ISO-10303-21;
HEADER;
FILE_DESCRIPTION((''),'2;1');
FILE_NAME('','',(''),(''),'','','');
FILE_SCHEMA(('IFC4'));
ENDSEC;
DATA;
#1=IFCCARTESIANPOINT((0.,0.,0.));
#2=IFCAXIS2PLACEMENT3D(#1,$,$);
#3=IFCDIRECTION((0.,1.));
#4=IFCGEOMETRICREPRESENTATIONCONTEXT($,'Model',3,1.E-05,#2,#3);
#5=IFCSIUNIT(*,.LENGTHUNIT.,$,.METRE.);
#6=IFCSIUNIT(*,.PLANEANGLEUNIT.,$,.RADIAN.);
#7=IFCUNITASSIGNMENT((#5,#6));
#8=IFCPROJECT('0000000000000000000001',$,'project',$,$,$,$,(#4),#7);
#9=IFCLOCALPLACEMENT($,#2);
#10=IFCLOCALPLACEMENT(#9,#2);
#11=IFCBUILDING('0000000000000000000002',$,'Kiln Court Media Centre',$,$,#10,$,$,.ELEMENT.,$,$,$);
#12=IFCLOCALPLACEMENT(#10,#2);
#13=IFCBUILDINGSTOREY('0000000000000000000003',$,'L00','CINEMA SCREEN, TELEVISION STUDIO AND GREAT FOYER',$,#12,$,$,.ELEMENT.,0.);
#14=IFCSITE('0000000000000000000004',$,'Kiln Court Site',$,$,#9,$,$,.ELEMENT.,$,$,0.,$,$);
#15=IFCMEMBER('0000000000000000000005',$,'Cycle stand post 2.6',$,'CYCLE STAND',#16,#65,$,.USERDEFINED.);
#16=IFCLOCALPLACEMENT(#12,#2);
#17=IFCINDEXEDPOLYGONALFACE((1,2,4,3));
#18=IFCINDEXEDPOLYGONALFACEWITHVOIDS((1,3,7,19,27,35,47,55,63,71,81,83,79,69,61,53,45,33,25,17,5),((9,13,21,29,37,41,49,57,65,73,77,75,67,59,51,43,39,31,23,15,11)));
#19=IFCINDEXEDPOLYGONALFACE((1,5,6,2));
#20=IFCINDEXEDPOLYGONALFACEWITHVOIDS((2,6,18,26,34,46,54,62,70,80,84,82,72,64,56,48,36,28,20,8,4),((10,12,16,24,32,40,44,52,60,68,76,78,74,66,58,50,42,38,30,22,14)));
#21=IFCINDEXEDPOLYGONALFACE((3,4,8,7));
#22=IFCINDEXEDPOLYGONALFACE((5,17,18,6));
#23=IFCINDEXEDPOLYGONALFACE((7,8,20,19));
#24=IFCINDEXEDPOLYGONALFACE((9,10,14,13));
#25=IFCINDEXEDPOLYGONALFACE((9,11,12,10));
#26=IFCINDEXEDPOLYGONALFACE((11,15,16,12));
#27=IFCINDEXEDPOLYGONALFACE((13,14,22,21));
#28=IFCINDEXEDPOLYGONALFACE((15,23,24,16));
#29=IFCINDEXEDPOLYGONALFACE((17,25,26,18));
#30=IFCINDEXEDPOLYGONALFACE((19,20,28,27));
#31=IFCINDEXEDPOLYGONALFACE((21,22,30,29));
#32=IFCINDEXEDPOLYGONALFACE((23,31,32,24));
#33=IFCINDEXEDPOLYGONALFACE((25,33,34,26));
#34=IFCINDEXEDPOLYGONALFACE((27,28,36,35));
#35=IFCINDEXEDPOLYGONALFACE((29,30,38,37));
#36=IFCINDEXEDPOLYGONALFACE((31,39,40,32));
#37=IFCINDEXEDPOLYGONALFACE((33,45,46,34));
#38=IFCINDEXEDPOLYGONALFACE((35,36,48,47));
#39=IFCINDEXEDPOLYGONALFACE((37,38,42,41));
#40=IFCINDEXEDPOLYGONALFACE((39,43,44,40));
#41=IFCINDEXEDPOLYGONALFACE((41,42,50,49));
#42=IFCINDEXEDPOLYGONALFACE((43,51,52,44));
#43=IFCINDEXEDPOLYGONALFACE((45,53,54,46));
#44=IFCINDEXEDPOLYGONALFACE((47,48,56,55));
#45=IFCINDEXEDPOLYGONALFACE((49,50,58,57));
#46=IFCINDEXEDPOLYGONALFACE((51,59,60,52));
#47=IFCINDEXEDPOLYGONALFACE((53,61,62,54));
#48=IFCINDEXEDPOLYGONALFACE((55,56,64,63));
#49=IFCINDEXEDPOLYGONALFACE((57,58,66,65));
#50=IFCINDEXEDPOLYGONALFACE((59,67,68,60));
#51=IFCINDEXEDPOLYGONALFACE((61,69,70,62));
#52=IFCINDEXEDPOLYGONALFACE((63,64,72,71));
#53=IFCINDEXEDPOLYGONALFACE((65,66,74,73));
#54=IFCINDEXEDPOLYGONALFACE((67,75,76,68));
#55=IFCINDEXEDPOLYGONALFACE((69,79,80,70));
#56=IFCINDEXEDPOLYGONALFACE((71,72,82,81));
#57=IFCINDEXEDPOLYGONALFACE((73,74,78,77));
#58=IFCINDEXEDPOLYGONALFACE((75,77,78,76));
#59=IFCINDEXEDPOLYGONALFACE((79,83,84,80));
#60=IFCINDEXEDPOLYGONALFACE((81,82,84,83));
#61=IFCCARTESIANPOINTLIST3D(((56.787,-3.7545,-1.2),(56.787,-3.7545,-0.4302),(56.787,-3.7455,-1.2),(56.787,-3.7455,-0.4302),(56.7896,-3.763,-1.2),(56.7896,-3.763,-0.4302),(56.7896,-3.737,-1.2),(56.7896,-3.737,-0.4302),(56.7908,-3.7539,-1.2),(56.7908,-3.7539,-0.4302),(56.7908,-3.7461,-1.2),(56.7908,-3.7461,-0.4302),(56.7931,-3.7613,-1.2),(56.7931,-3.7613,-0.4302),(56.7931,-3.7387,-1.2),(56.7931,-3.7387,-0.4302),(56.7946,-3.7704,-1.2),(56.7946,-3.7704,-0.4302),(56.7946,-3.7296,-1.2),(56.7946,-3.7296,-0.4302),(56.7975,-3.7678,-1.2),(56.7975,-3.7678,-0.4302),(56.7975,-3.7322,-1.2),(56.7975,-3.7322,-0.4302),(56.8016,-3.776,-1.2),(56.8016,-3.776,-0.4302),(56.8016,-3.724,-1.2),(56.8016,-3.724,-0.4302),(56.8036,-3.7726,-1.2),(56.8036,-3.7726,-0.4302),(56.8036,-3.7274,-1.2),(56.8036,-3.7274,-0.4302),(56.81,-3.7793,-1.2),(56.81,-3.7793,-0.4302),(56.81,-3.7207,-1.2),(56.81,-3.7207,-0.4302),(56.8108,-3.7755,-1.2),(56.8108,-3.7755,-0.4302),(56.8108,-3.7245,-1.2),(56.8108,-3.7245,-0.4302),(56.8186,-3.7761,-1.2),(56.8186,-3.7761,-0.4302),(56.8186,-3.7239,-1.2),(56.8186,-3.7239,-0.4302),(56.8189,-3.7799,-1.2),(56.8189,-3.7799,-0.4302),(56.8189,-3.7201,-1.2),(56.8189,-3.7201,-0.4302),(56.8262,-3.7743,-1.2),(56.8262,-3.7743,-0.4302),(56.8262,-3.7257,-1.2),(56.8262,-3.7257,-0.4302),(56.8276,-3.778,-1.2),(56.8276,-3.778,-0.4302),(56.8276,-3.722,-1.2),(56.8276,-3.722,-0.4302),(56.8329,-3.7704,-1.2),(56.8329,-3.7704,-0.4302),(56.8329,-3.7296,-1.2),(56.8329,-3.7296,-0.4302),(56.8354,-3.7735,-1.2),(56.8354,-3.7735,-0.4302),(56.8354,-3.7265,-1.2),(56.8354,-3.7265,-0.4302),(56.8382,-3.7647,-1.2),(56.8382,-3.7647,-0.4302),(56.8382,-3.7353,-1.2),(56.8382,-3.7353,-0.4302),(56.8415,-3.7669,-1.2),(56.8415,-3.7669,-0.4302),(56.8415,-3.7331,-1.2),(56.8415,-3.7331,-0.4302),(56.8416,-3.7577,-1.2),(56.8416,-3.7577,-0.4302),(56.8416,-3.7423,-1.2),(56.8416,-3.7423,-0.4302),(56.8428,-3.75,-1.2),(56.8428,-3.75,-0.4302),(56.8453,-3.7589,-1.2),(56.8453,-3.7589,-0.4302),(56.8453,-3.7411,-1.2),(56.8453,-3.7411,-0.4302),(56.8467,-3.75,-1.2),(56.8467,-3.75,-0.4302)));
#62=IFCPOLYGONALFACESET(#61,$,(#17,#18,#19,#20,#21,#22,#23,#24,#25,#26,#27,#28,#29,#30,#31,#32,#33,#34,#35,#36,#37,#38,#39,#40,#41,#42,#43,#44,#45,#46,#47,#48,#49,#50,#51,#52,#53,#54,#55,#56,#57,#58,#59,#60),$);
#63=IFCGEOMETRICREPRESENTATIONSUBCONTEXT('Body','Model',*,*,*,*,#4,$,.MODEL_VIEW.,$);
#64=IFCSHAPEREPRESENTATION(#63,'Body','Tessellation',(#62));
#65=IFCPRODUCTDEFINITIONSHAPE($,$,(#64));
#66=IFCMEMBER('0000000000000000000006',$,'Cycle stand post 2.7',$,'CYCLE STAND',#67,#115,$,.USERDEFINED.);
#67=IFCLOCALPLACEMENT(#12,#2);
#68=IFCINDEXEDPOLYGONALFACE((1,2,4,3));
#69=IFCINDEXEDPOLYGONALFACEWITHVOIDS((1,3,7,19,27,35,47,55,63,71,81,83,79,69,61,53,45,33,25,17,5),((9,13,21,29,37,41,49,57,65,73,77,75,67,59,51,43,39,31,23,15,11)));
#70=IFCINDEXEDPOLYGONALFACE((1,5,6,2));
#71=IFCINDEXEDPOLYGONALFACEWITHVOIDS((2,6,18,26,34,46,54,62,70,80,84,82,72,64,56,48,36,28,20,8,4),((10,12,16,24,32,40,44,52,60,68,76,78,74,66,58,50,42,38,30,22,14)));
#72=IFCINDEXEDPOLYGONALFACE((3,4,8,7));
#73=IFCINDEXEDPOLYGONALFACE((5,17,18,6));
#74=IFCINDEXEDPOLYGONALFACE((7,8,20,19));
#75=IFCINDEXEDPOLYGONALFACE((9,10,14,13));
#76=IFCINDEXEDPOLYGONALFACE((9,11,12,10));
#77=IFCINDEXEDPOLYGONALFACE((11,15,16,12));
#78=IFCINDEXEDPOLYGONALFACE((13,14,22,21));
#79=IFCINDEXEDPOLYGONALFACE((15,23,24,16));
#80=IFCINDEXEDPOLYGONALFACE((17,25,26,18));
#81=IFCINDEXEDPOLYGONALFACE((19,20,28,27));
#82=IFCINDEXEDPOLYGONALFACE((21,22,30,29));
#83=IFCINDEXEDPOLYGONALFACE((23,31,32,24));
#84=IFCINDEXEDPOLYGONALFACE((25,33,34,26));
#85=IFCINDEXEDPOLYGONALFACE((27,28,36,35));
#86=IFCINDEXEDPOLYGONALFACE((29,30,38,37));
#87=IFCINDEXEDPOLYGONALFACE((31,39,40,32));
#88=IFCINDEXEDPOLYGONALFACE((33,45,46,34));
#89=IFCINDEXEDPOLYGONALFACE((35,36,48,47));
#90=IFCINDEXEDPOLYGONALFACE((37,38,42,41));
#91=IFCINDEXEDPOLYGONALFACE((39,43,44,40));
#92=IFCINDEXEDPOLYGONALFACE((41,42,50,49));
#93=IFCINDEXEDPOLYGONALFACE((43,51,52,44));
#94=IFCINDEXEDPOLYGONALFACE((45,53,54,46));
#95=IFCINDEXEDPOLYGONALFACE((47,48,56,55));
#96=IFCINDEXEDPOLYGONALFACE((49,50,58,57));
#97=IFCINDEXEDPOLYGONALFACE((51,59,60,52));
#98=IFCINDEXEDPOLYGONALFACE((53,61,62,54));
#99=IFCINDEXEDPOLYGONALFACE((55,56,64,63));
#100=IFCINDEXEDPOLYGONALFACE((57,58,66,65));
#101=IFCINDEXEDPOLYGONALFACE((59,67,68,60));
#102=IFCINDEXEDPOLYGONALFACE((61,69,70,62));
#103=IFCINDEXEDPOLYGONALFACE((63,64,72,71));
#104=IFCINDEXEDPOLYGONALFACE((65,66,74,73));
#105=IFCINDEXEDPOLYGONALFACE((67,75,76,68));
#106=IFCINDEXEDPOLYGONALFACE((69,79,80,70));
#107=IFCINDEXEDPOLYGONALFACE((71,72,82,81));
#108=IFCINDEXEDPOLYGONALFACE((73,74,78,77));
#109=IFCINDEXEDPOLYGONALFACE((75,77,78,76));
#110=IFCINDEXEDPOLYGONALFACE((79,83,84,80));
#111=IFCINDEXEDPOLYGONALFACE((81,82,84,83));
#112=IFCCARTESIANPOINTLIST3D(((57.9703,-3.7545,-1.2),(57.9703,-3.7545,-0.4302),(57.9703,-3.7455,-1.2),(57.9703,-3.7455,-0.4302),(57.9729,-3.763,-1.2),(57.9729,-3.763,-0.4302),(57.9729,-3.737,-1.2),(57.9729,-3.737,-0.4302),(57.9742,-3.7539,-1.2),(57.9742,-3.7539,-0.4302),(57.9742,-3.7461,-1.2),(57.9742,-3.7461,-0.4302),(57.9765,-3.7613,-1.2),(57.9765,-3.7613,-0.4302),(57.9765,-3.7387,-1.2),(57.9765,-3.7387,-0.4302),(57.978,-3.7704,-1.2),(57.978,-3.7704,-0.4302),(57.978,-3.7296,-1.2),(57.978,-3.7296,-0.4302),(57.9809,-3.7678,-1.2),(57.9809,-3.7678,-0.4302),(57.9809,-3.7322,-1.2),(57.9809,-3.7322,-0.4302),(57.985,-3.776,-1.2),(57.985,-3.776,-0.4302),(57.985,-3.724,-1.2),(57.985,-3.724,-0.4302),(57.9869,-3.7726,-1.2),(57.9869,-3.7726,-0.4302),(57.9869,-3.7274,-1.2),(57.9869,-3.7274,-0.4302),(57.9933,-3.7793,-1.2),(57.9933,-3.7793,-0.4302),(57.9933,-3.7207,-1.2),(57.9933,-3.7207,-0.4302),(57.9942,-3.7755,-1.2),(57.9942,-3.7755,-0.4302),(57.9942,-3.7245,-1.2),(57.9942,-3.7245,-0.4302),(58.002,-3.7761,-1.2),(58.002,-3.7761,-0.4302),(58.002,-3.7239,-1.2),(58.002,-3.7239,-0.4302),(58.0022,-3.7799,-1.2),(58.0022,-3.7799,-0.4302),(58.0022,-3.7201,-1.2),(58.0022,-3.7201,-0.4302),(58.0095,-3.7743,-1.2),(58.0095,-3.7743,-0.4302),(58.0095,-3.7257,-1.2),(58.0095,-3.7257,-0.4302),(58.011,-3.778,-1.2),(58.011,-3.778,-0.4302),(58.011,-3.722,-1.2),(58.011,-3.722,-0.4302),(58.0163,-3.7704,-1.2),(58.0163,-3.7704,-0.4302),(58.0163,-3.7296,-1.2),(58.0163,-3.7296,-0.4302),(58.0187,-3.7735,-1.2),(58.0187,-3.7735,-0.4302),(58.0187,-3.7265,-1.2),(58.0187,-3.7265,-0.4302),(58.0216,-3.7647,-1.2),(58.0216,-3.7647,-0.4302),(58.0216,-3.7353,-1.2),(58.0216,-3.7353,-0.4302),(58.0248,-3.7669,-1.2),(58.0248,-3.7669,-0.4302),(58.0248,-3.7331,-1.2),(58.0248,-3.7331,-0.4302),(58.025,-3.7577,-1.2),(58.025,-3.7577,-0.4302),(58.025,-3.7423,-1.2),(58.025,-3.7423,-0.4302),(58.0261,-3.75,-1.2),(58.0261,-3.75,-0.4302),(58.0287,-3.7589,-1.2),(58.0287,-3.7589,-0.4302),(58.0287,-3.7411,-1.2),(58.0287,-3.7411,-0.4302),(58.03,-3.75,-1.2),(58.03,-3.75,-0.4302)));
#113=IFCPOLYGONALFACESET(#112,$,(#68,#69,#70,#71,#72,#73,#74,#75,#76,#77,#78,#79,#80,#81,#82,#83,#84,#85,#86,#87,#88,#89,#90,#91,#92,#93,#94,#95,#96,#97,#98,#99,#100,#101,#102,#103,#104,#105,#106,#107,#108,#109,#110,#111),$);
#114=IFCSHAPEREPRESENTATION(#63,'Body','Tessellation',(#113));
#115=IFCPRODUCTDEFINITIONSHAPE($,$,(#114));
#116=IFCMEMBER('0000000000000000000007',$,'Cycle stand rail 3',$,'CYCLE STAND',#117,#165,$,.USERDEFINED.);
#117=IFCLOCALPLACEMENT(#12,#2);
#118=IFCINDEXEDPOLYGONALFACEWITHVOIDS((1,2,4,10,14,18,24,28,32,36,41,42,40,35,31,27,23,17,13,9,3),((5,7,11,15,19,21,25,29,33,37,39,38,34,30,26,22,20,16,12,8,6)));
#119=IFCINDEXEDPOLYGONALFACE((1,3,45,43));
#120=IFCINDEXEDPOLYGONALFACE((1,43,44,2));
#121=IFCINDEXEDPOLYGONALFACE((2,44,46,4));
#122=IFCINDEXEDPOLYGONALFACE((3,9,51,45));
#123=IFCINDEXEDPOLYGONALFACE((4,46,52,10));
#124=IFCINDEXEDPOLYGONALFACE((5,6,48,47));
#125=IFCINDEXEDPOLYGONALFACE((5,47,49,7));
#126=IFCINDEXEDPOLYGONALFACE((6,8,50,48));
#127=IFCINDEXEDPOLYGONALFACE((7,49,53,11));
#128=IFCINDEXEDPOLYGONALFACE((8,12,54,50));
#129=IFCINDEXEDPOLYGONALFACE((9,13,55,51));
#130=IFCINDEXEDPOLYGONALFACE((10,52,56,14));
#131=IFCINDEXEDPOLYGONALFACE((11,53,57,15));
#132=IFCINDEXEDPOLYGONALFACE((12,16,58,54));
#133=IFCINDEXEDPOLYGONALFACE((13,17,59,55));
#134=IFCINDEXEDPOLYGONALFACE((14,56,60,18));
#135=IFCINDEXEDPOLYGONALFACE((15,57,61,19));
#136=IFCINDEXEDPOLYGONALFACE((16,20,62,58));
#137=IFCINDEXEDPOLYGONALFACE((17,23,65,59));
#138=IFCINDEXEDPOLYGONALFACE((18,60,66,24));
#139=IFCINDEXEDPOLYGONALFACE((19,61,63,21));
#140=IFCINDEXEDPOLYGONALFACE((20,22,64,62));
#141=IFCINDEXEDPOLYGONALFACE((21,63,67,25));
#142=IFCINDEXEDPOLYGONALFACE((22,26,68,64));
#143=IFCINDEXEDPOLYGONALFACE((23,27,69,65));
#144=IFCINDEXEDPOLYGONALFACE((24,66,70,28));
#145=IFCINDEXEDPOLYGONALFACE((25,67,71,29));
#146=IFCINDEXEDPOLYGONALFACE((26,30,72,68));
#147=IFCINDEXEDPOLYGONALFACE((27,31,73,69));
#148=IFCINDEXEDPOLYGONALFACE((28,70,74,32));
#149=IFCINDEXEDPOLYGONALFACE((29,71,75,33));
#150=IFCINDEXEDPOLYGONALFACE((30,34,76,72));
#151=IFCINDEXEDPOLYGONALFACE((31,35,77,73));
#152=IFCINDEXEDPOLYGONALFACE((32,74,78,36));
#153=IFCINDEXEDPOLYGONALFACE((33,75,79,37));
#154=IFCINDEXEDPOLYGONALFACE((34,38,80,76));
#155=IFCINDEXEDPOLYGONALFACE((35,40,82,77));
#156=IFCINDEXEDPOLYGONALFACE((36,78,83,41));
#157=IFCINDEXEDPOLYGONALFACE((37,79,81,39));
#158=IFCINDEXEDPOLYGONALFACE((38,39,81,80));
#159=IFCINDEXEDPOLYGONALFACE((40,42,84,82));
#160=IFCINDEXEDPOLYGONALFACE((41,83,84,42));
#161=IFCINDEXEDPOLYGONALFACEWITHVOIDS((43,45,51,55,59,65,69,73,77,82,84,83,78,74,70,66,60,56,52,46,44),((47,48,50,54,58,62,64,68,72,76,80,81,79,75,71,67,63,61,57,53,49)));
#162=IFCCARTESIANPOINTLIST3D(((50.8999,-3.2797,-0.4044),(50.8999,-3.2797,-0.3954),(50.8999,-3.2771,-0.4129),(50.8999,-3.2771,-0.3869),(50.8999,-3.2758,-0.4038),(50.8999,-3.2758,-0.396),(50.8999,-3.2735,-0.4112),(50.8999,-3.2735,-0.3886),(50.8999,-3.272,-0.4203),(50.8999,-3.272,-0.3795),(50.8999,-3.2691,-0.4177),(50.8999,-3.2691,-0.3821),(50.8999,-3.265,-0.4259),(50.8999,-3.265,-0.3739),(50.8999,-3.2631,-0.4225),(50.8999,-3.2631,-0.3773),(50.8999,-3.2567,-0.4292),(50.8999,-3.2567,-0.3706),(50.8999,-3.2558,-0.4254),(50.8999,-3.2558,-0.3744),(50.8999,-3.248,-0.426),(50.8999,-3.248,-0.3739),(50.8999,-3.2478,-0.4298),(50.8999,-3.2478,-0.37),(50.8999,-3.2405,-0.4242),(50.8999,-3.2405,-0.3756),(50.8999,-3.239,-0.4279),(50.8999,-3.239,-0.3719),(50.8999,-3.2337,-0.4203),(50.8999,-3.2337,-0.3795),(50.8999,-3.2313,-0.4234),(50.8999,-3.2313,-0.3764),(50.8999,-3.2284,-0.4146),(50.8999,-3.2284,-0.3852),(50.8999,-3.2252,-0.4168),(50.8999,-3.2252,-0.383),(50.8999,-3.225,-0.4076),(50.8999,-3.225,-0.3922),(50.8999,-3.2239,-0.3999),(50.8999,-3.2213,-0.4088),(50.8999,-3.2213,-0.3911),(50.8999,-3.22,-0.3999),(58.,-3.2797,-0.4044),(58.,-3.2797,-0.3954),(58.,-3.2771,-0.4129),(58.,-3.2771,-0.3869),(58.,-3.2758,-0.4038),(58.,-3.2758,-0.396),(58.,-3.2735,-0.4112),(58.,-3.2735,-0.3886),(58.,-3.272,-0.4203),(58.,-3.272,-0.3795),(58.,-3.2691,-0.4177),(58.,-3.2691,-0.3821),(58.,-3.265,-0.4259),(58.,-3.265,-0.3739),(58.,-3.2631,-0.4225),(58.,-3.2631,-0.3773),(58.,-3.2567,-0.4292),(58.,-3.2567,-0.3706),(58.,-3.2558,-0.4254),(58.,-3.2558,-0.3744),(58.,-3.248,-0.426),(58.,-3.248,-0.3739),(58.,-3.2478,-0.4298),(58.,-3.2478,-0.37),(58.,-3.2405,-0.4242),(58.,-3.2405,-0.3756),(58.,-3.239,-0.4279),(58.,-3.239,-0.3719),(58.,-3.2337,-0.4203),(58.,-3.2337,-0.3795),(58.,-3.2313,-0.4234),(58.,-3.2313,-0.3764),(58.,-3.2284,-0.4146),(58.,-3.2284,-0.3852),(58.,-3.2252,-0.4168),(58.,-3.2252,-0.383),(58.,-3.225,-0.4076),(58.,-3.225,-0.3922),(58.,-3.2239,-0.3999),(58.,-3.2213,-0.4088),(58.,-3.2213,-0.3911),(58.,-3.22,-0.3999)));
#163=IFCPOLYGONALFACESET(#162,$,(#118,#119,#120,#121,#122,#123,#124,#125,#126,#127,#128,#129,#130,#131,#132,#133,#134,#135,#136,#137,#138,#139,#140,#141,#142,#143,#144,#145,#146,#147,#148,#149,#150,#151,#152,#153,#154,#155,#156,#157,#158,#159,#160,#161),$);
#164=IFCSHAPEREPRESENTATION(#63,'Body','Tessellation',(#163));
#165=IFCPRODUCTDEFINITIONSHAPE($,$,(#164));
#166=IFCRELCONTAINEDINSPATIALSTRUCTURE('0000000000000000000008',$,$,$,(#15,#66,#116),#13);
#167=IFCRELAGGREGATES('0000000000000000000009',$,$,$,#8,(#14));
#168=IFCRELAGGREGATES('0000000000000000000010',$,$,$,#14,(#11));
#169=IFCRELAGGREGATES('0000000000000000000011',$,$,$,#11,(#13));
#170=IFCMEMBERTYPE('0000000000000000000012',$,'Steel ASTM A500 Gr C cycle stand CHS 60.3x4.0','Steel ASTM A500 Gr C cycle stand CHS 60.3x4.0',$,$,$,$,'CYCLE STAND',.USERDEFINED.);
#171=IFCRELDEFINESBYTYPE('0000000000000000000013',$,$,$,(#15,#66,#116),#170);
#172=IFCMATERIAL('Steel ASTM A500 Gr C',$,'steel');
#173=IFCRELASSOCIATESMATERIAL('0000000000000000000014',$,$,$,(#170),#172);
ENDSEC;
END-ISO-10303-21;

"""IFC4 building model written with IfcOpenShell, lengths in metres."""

from ifc_helpers import new_model, si_unit, direction, frame, origin, origin_2d, place, context, subcontext, project, spatial, hollow_circle, extrude, material, material_profile, profile_set, type_object, element, save


model = new_model("IFC4")

# Units and contexts
model_context = context("Model", 3, precision=1e-05, world=origin(), true_north=direction((0.0, 1.0)))
body_context = subcontext(model_context, "Body", "Model", "MODEL_VIEW")
ifc_project = project(units=[si_unit("LENGTHUNIT", "METRE"), si_unit("PLANEANGLEUNIT", "RADIAN")], contexts=[model_context])

# Site, building, storey
site_placement = place(None, origin())
site = spatial("IfcSite", under=ifc_project, at=site_placement, Name="Kiln Court Site", CompositionType="ELEMENT", RefElevation=0.0)
building_placement = place(site_placement, origin())
building = spatial("IfcBuilding", under=site, at=building_placement, Name="Kiln Court Media Centre", CompositionType="ELEMENT")
storey_placement = place(building_placement, origin())
storey = spatial("IfcBuildingStorey", under=building, at=storey_placement, Name="L00", Description="CINEMA SCREEN, TELEVISION STUDIO AND GREAT FOYER", CompositionType="ELEMENT", Elevation=0.0)

# Members
ifc_material = material(Name="Steel ASTM A500 Gr C", Category="steel")
ifc_material_profile = material_profile(ifc_material, hollow_circle(Radius=0.03, WallThickness=0.0039, at=origin_2d()), Name="CHS 60.3x4.0")
ifc_profile_set = profile_set([ifc_material_profile], Name="Steel ASTM A500 Gr C")
member_type = type_object("IfcMemberType", Name="Steel ASTM A500 Gr C cycle stand CHS 60.3x4.0", Description="Steel ASTM A500 Gr C cycle stand CHS 60.3x4.0", ElementType="CYCLE STAND", PredefinedType="USERDEFINED", material=ifc_profile_set)
for number, where, z_axis, x_axis, name in (
    (1, (56.8167, -3.75, -1.2), (0.0, 0.0, 1.0), (1.0, 0.0, 0.0), "Cycle stand post 2.6"),
    (2, (58.0, -3.75, -1.2), (0.0, 0.0, 1.0), (1.0, 0.0, 0.0), "Cycle stand post 2.7"),
):
    element("IfcMember", number, at=place(storey_placement, frame(where, z_axis=z_axis, x_axis=x_axis)), inside=storey, type_object=member_type, Name=name, ObjectType="CYCLE STAND", PredefinedType="USERDEFINED", context=body_context, shape_type="SweptSolid", body=[
        extrude(hollow_circle(Radius=0.03, WallThickness=0.0039, at=origin_2d()), origin(), (0.0, 0.0, 1.0), 0.7698),
    ])
member_1_placement = place(storey_placement, frame((50.8999, -3.25, -0.3999), z_axis=(1.0, 0.0, 0.0), x_axis=(0.0, 1.0, 0.0)))
element("IfcMember", 3, at=member_1_placement, inside=storey, type_object=member_type, Name="Cycle stand rail 3", ObjectType="CYCLE STAND", PredefinedType="USERDEFINED", context=body_context, shape_type="SweptSolid", body=[
    extrude(hollow_circle(Radius=0.03, WallThickness=0.0039, at=origin_2d()), origin(), (0.0, 0.0, 1.0), 7.1001),
])

save(model, "model.ifc")
